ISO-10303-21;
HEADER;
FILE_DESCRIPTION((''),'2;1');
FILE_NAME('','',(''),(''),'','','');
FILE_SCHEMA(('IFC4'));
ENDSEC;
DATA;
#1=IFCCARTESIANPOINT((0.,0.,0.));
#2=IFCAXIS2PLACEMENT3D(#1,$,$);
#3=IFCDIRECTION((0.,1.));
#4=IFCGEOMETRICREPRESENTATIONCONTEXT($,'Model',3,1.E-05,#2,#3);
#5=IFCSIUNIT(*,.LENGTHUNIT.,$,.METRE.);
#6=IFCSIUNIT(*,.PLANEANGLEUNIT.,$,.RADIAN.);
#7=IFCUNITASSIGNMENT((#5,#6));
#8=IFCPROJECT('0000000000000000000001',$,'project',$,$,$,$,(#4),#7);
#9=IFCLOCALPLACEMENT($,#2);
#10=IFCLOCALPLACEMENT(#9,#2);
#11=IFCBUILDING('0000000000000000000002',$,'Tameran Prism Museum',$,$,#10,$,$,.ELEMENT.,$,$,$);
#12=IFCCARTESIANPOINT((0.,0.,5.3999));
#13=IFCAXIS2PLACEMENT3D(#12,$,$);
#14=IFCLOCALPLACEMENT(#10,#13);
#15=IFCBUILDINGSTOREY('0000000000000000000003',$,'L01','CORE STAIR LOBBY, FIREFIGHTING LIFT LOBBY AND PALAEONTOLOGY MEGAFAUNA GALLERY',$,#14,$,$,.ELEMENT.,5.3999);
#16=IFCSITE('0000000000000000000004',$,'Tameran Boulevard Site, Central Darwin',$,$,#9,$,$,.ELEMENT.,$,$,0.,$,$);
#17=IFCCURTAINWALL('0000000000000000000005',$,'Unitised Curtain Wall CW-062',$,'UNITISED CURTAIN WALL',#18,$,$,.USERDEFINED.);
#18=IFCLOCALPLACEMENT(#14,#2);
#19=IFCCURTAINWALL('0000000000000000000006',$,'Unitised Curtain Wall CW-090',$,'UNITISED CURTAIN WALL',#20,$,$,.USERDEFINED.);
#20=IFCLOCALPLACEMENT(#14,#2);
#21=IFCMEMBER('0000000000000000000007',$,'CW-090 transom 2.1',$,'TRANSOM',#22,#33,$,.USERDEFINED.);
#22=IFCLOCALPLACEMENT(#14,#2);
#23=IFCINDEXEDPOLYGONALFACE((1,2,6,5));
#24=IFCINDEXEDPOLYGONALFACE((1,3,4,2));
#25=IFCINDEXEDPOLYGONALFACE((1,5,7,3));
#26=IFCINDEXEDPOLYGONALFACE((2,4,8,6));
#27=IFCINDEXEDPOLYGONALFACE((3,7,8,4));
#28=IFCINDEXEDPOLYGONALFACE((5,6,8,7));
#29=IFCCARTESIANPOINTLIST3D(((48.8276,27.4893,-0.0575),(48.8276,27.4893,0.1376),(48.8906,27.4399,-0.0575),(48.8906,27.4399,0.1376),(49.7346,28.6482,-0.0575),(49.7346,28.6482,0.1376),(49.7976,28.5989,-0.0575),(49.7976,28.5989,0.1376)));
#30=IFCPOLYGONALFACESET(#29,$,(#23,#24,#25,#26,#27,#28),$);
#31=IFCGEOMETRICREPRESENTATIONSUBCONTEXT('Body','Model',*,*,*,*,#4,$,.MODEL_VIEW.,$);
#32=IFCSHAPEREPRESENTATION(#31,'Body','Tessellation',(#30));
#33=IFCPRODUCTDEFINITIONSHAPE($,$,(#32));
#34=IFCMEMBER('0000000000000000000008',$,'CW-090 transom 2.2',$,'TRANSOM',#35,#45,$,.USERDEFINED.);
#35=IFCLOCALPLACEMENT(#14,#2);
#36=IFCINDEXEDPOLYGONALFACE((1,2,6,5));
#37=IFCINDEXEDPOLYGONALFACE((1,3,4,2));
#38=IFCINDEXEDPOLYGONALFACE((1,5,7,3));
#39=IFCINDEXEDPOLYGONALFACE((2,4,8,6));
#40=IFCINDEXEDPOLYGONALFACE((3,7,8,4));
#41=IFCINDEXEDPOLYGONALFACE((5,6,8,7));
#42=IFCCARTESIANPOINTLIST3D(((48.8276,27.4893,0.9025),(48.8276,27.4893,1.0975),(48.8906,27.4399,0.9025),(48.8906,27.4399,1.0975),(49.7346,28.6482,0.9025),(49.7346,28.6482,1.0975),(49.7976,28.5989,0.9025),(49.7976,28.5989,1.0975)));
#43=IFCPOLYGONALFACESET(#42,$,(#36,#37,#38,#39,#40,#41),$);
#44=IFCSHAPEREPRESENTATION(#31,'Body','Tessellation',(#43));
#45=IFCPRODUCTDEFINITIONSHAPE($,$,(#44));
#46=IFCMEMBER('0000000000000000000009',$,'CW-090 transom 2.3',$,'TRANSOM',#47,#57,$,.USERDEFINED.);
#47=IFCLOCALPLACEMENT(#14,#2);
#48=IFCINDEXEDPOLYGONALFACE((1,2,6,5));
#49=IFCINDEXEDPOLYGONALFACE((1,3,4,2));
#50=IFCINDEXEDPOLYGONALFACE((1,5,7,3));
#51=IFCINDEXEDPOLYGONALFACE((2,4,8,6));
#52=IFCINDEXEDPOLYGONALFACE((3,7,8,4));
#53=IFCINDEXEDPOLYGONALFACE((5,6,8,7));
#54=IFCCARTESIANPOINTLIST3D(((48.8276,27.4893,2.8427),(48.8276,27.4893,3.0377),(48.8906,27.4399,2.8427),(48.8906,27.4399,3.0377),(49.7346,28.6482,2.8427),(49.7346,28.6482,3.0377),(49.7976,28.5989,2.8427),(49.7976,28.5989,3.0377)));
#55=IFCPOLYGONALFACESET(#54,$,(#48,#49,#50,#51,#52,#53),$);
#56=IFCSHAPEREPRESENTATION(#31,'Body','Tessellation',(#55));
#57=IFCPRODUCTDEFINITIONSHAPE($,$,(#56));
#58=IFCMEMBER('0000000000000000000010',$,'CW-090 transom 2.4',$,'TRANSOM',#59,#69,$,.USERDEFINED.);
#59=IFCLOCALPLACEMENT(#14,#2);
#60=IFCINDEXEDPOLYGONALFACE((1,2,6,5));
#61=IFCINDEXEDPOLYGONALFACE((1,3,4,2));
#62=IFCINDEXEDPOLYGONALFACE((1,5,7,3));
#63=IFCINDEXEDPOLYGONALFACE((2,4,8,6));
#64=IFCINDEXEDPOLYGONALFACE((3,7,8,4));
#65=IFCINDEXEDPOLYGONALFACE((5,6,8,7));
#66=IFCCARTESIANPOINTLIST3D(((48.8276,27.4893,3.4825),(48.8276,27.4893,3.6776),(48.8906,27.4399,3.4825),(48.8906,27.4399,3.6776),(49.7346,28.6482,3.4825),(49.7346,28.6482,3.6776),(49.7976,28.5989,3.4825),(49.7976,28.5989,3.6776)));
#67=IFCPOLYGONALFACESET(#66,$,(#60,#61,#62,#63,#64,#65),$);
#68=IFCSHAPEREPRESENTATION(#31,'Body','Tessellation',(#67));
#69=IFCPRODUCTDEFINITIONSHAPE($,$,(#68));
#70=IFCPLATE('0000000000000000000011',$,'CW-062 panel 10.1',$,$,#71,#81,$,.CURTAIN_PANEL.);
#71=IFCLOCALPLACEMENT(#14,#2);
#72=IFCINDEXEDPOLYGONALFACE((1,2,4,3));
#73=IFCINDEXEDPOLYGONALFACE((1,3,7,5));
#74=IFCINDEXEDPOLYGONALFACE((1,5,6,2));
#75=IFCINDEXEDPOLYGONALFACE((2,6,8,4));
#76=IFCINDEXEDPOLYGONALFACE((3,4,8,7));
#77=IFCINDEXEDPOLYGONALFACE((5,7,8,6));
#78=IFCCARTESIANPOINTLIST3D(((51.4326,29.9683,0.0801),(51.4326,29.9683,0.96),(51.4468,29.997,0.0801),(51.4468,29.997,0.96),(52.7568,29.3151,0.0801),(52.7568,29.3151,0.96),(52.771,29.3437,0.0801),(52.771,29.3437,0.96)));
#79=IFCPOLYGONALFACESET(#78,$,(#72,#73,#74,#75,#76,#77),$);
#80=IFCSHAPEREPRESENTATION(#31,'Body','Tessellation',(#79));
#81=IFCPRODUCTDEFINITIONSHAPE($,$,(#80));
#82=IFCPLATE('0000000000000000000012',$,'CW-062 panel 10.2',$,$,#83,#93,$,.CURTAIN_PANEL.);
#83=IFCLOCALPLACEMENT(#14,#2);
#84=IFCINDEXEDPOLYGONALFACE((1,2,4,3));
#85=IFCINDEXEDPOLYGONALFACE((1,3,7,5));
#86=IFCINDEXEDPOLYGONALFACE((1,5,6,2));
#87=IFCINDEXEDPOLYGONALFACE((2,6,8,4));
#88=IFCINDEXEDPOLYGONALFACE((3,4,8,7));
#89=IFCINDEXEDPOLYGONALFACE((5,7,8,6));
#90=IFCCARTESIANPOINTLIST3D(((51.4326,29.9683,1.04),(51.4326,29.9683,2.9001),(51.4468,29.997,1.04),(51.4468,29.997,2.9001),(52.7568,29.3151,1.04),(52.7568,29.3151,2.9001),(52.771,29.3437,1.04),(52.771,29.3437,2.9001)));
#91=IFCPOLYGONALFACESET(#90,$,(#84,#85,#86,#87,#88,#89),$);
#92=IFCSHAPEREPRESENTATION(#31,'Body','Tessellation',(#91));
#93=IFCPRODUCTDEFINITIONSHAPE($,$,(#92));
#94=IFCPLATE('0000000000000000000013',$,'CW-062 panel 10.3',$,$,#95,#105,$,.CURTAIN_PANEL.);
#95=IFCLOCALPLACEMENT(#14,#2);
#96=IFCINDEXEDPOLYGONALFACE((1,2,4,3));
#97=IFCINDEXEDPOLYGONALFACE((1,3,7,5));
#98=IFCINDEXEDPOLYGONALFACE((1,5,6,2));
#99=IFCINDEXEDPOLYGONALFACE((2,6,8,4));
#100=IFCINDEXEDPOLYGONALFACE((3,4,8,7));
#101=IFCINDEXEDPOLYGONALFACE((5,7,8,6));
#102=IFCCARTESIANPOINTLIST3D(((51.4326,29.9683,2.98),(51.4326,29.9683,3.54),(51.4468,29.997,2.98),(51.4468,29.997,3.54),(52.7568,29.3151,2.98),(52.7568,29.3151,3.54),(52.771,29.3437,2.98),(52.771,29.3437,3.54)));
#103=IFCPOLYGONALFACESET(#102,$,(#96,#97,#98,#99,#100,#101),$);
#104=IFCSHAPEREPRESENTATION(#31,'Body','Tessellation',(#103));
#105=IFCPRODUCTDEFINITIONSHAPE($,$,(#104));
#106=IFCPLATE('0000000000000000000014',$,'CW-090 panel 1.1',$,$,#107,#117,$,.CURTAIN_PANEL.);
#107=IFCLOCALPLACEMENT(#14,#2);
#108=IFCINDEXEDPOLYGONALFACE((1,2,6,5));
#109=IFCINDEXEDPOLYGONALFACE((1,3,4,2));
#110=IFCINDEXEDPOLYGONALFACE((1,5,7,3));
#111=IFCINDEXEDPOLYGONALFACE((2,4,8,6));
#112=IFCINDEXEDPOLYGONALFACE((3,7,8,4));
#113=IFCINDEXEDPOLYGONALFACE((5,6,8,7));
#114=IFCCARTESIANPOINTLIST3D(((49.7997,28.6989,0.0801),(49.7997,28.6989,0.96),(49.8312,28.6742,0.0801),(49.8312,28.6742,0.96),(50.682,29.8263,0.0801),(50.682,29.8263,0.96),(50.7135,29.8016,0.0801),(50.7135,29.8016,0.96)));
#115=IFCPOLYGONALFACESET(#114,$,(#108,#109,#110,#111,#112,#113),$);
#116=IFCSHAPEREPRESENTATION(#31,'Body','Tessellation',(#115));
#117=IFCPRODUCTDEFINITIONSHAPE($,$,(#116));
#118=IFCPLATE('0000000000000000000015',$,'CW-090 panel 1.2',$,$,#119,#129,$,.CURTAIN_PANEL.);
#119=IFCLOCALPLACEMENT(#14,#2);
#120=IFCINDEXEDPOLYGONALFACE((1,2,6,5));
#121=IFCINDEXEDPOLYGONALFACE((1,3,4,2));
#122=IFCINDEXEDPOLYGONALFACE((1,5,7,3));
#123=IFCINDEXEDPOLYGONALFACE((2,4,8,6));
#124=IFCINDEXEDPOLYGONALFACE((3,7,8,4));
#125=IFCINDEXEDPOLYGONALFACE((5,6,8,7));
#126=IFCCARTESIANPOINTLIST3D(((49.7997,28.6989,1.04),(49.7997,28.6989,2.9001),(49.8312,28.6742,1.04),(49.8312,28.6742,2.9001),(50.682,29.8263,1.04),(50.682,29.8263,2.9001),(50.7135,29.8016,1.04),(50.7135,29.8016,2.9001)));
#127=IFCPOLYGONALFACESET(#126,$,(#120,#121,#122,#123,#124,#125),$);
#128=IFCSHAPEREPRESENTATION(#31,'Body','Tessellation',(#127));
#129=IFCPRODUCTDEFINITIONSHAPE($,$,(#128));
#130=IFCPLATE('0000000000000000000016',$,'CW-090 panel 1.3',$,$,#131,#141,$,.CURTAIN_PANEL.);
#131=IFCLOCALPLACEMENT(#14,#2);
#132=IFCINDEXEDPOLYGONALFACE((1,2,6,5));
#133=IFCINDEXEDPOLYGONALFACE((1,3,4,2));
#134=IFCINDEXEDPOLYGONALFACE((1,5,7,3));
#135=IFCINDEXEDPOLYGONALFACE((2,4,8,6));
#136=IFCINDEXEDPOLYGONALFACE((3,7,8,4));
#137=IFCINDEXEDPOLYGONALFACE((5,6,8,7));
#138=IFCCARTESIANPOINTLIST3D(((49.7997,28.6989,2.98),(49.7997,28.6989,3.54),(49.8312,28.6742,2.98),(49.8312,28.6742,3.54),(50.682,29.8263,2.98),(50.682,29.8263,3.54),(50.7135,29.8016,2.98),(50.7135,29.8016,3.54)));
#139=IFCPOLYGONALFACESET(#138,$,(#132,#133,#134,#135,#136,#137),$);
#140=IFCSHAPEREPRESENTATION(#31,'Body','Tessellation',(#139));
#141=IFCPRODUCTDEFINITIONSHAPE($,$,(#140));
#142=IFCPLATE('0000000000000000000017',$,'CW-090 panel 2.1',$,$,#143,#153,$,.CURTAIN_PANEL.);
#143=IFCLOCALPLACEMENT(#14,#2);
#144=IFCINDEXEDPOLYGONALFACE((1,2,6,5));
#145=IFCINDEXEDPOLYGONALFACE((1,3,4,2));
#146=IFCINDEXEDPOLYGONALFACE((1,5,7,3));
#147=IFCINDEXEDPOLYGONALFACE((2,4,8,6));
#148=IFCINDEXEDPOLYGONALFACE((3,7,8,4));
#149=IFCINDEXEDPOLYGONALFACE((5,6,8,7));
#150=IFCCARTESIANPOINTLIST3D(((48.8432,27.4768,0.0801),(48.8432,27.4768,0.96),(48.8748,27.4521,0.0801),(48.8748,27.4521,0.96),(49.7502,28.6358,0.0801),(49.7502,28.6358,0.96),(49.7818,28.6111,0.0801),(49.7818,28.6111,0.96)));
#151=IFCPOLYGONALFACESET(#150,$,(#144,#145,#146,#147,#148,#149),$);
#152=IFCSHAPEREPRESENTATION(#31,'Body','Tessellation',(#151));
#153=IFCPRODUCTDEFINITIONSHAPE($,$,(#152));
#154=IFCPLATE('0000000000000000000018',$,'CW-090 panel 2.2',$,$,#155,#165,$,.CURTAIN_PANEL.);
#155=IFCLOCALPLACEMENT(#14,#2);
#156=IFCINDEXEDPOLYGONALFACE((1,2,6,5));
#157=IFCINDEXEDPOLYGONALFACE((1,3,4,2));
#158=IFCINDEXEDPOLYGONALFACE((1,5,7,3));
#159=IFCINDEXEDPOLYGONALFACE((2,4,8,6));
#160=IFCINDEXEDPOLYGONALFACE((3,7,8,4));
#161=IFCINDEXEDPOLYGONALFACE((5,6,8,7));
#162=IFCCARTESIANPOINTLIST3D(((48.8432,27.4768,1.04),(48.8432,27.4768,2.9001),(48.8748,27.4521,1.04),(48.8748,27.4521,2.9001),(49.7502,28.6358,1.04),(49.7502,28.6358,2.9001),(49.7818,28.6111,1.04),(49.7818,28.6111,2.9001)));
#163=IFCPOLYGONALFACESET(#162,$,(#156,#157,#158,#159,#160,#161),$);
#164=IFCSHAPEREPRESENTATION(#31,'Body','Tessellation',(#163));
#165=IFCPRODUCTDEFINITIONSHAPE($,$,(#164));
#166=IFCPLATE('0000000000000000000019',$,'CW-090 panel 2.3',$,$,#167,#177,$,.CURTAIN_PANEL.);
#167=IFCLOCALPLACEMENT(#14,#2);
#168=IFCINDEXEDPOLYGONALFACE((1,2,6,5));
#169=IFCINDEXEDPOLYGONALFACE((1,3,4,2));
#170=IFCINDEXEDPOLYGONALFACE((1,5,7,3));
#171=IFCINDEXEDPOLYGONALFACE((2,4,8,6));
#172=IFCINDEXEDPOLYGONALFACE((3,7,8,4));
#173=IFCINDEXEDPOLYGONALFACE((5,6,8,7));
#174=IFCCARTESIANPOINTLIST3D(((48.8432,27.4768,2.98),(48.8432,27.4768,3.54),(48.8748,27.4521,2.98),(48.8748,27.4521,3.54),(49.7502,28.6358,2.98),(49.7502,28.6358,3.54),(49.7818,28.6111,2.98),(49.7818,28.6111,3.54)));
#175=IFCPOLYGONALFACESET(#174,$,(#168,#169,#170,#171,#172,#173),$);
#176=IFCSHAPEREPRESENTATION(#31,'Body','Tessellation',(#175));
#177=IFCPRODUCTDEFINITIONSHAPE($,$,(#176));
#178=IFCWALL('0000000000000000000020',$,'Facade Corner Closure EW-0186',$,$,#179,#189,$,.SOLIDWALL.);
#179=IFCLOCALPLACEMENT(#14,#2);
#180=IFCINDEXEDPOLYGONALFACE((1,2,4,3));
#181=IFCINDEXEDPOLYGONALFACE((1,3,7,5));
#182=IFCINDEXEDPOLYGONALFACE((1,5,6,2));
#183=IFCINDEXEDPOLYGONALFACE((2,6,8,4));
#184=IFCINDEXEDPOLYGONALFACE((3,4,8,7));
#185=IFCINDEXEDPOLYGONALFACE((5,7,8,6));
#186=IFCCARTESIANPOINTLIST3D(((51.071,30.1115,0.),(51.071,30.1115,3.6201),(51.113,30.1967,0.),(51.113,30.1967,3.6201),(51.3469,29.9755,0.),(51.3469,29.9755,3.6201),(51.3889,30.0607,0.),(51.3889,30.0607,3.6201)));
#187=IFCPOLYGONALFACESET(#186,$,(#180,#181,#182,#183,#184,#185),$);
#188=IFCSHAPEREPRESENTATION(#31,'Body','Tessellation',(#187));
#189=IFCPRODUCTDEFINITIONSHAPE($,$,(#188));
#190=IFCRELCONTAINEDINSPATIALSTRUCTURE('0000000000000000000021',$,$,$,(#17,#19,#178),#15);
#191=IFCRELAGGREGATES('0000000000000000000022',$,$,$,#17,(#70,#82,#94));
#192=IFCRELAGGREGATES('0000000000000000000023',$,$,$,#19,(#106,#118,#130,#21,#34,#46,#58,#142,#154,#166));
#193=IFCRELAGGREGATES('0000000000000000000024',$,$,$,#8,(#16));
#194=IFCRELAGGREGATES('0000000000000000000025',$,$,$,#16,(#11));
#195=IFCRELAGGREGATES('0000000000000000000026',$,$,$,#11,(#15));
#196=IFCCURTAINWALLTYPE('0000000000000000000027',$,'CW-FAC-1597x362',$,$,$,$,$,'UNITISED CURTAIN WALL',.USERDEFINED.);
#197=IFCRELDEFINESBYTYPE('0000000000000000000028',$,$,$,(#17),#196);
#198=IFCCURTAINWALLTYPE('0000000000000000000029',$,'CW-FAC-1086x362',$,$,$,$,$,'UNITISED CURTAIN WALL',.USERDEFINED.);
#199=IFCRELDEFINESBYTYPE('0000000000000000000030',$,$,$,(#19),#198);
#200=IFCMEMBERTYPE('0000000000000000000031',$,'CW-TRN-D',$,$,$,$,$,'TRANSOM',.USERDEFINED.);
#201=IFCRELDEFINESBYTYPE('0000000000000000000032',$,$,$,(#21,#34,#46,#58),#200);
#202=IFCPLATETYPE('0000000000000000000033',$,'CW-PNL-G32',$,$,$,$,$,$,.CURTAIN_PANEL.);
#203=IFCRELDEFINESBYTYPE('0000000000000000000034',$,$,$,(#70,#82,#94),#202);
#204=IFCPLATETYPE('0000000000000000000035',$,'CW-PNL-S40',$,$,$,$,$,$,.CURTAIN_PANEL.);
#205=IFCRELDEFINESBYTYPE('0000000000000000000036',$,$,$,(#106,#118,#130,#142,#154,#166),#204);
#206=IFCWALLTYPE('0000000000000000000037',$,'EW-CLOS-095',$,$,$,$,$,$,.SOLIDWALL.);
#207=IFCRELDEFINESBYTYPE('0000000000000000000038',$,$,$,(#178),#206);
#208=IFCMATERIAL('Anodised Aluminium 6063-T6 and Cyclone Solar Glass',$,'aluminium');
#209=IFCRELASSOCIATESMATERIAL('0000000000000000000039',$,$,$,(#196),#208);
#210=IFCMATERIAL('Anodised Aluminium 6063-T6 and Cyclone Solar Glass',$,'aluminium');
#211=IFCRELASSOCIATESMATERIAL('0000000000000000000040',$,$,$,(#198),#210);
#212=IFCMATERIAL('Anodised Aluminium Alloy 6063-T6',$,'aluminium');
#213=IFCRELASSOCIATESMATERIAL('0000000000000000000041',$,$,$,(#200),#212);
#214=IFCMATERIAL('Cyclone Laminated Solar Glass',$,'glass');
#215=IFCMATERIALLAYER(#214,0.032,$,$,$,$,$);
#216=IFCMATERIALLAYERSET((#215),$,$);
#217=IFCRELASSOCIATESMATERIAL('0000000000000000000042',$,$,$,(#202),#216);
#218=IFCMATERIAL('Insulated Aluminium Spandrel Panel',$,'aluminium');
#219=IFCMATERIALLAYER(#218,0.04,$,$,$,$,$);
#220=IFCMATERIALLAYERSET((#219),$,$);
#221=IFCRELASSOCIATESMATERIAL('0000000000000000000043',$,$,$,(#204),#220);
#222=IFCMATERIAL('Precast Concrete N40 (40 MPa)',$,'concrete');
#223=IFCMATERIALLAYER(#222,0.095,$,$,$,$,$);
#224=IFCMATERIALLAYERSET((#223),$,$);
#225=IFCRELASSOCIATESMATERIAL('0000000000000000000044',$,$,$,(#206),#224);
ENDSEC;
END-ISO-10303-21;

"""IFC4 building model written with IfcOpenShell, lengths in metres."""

from ifc_helpers import new_model, si_unit, direction, frame, frame_2d, origin, origin_2d, place, context, subcontext, project, spatial, rectangle, extrude, material, layer, layer_set, material_profile, profile_set, type_object, element, aggregate, save


model = new_model("IFC4")

# Units and contexts
model_context = context("Model", 3, precision=1e-05, world=origin(), true_north=direction((0.0, 1.0)))
body_context = subcontext(model_context, "Body", "Model", "MODEL_VIEW")
ifc_project = project(units=[si_unit("LENGTHUNIT", "METRE"), si_unit("PLANEANGLEUNIT", "RADIAN")], contexts=[model_context])

# Site, building, storey
site_placement = place(None, origin())
site = spatial("IfcSite", under=ifc_project, at=site_placement, Name="Tameran Boulevard Site, Central Darwin", CompositionType="ELEMENT", RefElevation=0.0)
building_placement = place(site_placement, origin())
building = spatial("IfcBuilding", under=site, at=building_placement, Name="Tameran Prism Museum", CompositionType="ELEMENT")
storey_placement = place(building_placement, frame((0.0, 0.0, 5.3999)))
storey = spatial("IfcBuildingStorey", under=building, at=storey_placement, Name="L01", Description="CORE STAIR LOBBY, FIREFIGHTING LIFT LOBBY AND PALAEONTOLOGY MEGAFAUNA GALLERY", CompositionType="ELEMENT", Elevation=5.3999)

# Curtain walls
ifc_material_1 = material(Name="Anodised Aluminium 6063-T6 and Cyclone Solar Glass", Category="aluminium")
curtain_wall_type_1 = type_object("IfcCurtainWallType", Name="CW-FAC-1597x362", ElementType="UNITISED CURTAIN WALL", PredefinedType="USERDEFINED", material=ifc_material_1)
curtain_wall_1_placement = place(storey_placement, origin())
curtain_wall_1 = element("IfcCurtainWall", 1, at=curtain_wall_1_placement, inside=storey, type_object=curtain_wall_type_1, Name="Unitised Curtain Wall CW-062", ObjectType="UNITISED CURTAIN WALL", PredefinedType="USERDEFINED")
ifc_material_2 = material(Name="Anodised Aluminium 6063-T6 and Cyclone Solar Glass", Category="aluminium")
curtain_wall_type_2 = type_object("IfcCurtainWallType", Name="CW-FAC-1086x362", ElementType="UNITISED CURTAIN WALL", PredefinedType="USERDEFINED", material=ifc_material_2)
curtain_wall_2_placement = place(storey_placement, origin())
curtain_wall_2 = element("IfcCurtainWall", 2, at=curtain_wall_2_placement, inside=storey, type_object=curtain_wall_type_2, Name="Unitised Curtain Wall CW-090", ObjectType="UNITISED CURTAIN WALL", PredefinedType="USERDEFINED")

# Members
ifc_material_3 = material(Name="Anodised Aluminium Alloy 6063-T6", Category="aluminium")
ifc_material_profile_1 = material_profile(ifc_material_3, rectangle(XDim=0.0801, YDim=0.1951, at=origin_2d()))
ifc_profile_set_1 = profile_set([ifc_material_profile_1])
member_type_1 = type_object("IfcMemberType", Name="CW-TRN-D", ElementType="TRANSOM", PredefinedType="USERDEFINED", material=ifc_profile_set_1)
member_1_placement = place(storey_placement, frame((49.7661, 28.6235, 0.04), z_axis=(-0.616304, -0.787509, 0.0), x_axis=(0.787509, -0.616304, 0.0)))
member_1 = element("IfcMember", 3, at=member_1_placement, type_object=member_type_1, Name="CW-090 transom 2.1", ObjectType="TRANSOM", PredefinedType="USERDEFINED", context=body_context, shape_type="SweptSolid", body=[
    extrude(rectangle(XDim=0.0801, YDim=0.1951, at=origin_2d()), origin(), (0.0, 0.0, 1.0), 1.4717),
])
member_2_placement = place(storey_placement, frame((49.7661, 28.6235, 1.0), z_axis=(-0.616304, -0.787509, 0.0), x_axis=(0.787509, -0.616304, 0.0)))
member_2 = element("IfcMember", 4, at=member_2_placement, type_object=member_type_1, Name="CW-090 transom 2.2", ObjectType="TRANSOM", PredefinedType="USERDEFINED", context=body_context, shape_type="SweptSolid", body=[
    extrude(rectangle(XDim=0.0801, YDim=0.1951, at=origin_2d()), origin(), (0.0, 0.0, 1.0), 1.4717),
])
member_3_placement = place(storey_placement, frame((49.7661, 28.6235, 2.9402), z_axis=(-0.616304, -0.787509, 0.0), x_axis=(0.787509, -0.616304, 0.0)))
member_3 = element("IfcMember", 5, at=member_3_placement, type_object=member_type_1, Name="CW-090 transom 2.3", ObjectType="TRANSOM", PredefinedType="USERDEFINED", context=body_context, shape_type="SweptSolid", body=[
    extrude(rectangle(XDim=0.0801, YDim=0.1951, at=origin_2d()), origin(), (0.0, 0.0, 1.0), 1.4717),
])
member_4_placement = place(storey_placement, frame((49.7661, 28.6235, 3.5801), z_axis=(-0.616304, -0.787509, 0.0), x_axis=(0.787509, -0.616304, 0.0)))
member_4 = element("IfcMember", 6, at=member_4_placement, type_object=member_type_1, Name="CW-090 transom 2.4", ObjectType="TRANSOM", PredefinedType="USERDEFINED", context=body_context, shape_type="SweptSolid", body=[
    extrude(rectangle(XDim=0.0801, YDim=0.1951, at=origin_2d()), origin(), (0.0, 0.0, 1.0), 1.4717),
])

# Plates
ifc_material_4 = material(Name="Cyclone Laminated Solar Glass", Category="glass")
ifc_layer_1 = layer(ifc_material_4, 0.032)
ifc_layer_set_1 = layer_set([ifc_layer_1])
plate_type_1 = type_object("IfcPlateType", Name="CW-PNL-G32", PredefinedType="CURTAIN_PANEL", material=ifc_layer_set_1)
plate_1_placement = place(storey_placement, frame((52.1018, 29.656, 0.0801), z_axis=(0.0, 0.0, 1.0), x_axis=(-0.896819, 0.442397, 0.0)))
plate_1 = element("IfcPlate", 7, at=plate_1_placement, type_object=plate_type_1, Name="CW-062 panel 10.1", PredefinedType="CURTAIN_PANEL", context=body_context, shape_type="SweptSolid", body=[
    extrude(rectangle(XDim=1.4766, YDim=0.032, at=origin_2d()), origin(), (0.0, 0.0, 1.0), 0.8799),
])
plate_2_placement = place(storey_placement, frame((52.1018, 29.656, 1.04), z_axis=(0.0, 0.0, 1.0), x_axis=(-0.896819, 0.442397, 0.0)))
plate_2 = element("IfcPlate", 8, at=plate_2_placement, type_object=plate_type_1, Name="CW-062 panel 10.2", PredefinedType="CURTAIN_PANEL", context=body_context, shape_type="SweptSolid", body=[
    extrude(rectangle(XDim=1.4766, YDim=0.032, at=origin_2d()), origin(), (0.0, 0.0, 1.0), 1.8601),
])
plate_3_placement = place(storey_placement, frame((52.1018, 29.656, 2.98), z_axis=(0.0, 0.0, 1.0), x_axis=(-0.896819, 0.442397, 0.0)))
plate_3 = element("IfcPlate", 9, at=plate_3_placement, type_object=plate_type_1, Name="CW-062 panel 10.3", PredefinedType="CURTAIN_PANEL", context=body_context, shape_type="SweptSolid", body=[
    extrude(rectangle(XDim=1.4766, YDim=0.032, at=origin_2d()), origin(), (0.0, 0.0, 1.0), 0.5601),
])
aggregate(curtain_wall_1, [plate_1, plate_2, plate_3])
ifc_material_5 = material(Name="Insulated Aluminium Spandrel Panel", Category="aluminium")
ifc_layer_2 = layer(ifc_material_5, 0.04)
ifc_layer_set_2 = layer_set([ifc_layer_2])
plate_type_2 = type_object("IfcPlateType", Name="CW-PNL-S40", PredefinedType="CURTAIN_PANEL", material=ifc_layer_set_2)
plate_4_placement = place(storey_placement, frame((50.2566, 29.2502, 0.0801), z_axis=(0.0, 0.0, 1.0), x_axis=(-0.616283, -0.787524, 0.0)))
plate_4 = element("IfcPlate", 10, at=plate_4_placement, type_object=plate_type_2, Name="CW-090 panel 1.1", PredefinedType="CURTAIN_PANEL", context=body_context, shape_type="SweptSolid", body=[
    extrude(rectangle(XDim=1.4316, YDim=0.04, at=origin_2d()), origin(), (0.0, 0.0, 1.0), 0.8799),
])
plate_5_placement = place(storey_placement, frame((50.2566, 29.2502, 1.04), z_axis=(0.0, 0.0, 1.0), x_axis=(-0.616283, -0.787524, 0.0)))
plate_5 = element("IfcPlate", 11, at=plate_5_placement, type_object=plate_type_2, Name="CW-090 panel 1.2", PredefinedType="CURTAIN_PANEL", context=body_context, shape_type="SweptSolid", body=[
    extrude(rectangle(XDim=1.4316, YDim=0.04, at=origin_2d()), origin(), (0.0, 0.0, 1.0), 1.8601),
])
plate_6_placement = place(storey_placement, frame((50.2566, 29.2502, 2.98), z_axis=(0.0, 0.0, 1.0), x_axis=(-0.616283, -0.787524, 0.0)))
plate_6 = element("IfcPlate", 12, at=plate_6_placement, type_object=plate_type_2, Name="CW-090 panel 1.3", PredefinedType="CURTAIN_PANEL", context=body_context, shape_type="SweptSolid", body=[
    extrude(rectangle(XDim=1.4316, YDim=0.04, at=origin_2d()), origin(), (0.0, 0.0, 1.0), 0.5601),
])
plate_7_placement = place(storey_placement, frame((49.3125, 28.0439, 0.0801), z_axis=(0.0, 0.0, 1.0), x_axis=(-0.616283, -0.787524, 0.0)))
plate_7 = element("IfcPlate", 13, at=plate_7_placement, type_object=plate_type_2, Name="CW-090 panel 2.1", PredefinedType="CURTAIN_PANEL", context=body_context, shape_type="SweptSolid", body=[
    extrude(rectangle(XDim=1.4717, YDim=0.04, at=origin_2d()), origin(), (0.0, 0.0, 1.0), 0.8799),
])
plate_8_placement = place(storey_placement, frame((49.3125, 28.0439, 1.04), z_axis=(0.0, 0.0, 1.0), x_axis=(-0.616283, -0.787524, 0.0)))
plate_8 = element("IfcPlate", 14, at=plate_8_placement, type_object=plate_type_2, Name="CW-090 panel 2.2", PredefinedType="CURTAIN_PANEL", context=body_context, shape_type="SweptSolid", body=[
    extrude(rectangle(XDim=1.4717, YDim=0.04, at=origin_2d()), origin(), (0.0, 0.0, 1.0), 1.8601),
])
plate_9_placement = place(storey_placement, frame((49.3125, 28.0439, 2.98), z_axis=(0.0, 0.0, 1.0), x_axis=(-0.616283, -0.787524, 0.0)))
plate_9 = element("IfcPlate", 15, at=plate_9_placement, type_object=plate_type_2, Name="CW-090 panel 2.3", PredefinedType="CURTAIN_PANEL", context=body_context, shape_type="SweptSolid", body=[
    extrude(rectangle(XDim=1.4717, YDim=0.04, at=origin_2d()), origin(), (0.0, 0.0, 1.0), 0.5601),
])
aggregate(curtain_wall_2, [plate_4, plate_5, plate_6, member_1, member_2, member_3, member_4, plate_7, plate_8, plate_9])

# Wall
ifc_material_6 = material(Name="Precast Concrete N40 (40 MPa)", Category="concrete")
ifc_layer_3 = layer(ifc_material_6, 0.095)
ifc_layer_set_3 = layer_set([ifc_layer_3])
wall_type = type_object("IfcWallType", Name="EW-CLOS-095", PredefinedType="SOLIDWALL", material=ifc_layer_set_3)
wall_1_placement = place(storey_placement, frame((51.3679, 30.0181, 0.0), z_axis=(0.0, 0.0, 1.0), x_axis=(-0.896953, 0.442126, 0.0)))
element("IfcWall", 16, at=wall_1_placement, inside=storey, type_object=wall_type, Name="Facade Corner Closure EW-0186", PredefinedType="SOLIDWALL", context=body_context, shape_type="SweptSolid", body=[
    extrude(rectangle(XDim=0.3076, YDim=0.095, at=frame_2d((0.1538, 0.0))), origin(), (0.0, 0.0, 1.0), 3.6201),
])

save(model, "model.ifc")
